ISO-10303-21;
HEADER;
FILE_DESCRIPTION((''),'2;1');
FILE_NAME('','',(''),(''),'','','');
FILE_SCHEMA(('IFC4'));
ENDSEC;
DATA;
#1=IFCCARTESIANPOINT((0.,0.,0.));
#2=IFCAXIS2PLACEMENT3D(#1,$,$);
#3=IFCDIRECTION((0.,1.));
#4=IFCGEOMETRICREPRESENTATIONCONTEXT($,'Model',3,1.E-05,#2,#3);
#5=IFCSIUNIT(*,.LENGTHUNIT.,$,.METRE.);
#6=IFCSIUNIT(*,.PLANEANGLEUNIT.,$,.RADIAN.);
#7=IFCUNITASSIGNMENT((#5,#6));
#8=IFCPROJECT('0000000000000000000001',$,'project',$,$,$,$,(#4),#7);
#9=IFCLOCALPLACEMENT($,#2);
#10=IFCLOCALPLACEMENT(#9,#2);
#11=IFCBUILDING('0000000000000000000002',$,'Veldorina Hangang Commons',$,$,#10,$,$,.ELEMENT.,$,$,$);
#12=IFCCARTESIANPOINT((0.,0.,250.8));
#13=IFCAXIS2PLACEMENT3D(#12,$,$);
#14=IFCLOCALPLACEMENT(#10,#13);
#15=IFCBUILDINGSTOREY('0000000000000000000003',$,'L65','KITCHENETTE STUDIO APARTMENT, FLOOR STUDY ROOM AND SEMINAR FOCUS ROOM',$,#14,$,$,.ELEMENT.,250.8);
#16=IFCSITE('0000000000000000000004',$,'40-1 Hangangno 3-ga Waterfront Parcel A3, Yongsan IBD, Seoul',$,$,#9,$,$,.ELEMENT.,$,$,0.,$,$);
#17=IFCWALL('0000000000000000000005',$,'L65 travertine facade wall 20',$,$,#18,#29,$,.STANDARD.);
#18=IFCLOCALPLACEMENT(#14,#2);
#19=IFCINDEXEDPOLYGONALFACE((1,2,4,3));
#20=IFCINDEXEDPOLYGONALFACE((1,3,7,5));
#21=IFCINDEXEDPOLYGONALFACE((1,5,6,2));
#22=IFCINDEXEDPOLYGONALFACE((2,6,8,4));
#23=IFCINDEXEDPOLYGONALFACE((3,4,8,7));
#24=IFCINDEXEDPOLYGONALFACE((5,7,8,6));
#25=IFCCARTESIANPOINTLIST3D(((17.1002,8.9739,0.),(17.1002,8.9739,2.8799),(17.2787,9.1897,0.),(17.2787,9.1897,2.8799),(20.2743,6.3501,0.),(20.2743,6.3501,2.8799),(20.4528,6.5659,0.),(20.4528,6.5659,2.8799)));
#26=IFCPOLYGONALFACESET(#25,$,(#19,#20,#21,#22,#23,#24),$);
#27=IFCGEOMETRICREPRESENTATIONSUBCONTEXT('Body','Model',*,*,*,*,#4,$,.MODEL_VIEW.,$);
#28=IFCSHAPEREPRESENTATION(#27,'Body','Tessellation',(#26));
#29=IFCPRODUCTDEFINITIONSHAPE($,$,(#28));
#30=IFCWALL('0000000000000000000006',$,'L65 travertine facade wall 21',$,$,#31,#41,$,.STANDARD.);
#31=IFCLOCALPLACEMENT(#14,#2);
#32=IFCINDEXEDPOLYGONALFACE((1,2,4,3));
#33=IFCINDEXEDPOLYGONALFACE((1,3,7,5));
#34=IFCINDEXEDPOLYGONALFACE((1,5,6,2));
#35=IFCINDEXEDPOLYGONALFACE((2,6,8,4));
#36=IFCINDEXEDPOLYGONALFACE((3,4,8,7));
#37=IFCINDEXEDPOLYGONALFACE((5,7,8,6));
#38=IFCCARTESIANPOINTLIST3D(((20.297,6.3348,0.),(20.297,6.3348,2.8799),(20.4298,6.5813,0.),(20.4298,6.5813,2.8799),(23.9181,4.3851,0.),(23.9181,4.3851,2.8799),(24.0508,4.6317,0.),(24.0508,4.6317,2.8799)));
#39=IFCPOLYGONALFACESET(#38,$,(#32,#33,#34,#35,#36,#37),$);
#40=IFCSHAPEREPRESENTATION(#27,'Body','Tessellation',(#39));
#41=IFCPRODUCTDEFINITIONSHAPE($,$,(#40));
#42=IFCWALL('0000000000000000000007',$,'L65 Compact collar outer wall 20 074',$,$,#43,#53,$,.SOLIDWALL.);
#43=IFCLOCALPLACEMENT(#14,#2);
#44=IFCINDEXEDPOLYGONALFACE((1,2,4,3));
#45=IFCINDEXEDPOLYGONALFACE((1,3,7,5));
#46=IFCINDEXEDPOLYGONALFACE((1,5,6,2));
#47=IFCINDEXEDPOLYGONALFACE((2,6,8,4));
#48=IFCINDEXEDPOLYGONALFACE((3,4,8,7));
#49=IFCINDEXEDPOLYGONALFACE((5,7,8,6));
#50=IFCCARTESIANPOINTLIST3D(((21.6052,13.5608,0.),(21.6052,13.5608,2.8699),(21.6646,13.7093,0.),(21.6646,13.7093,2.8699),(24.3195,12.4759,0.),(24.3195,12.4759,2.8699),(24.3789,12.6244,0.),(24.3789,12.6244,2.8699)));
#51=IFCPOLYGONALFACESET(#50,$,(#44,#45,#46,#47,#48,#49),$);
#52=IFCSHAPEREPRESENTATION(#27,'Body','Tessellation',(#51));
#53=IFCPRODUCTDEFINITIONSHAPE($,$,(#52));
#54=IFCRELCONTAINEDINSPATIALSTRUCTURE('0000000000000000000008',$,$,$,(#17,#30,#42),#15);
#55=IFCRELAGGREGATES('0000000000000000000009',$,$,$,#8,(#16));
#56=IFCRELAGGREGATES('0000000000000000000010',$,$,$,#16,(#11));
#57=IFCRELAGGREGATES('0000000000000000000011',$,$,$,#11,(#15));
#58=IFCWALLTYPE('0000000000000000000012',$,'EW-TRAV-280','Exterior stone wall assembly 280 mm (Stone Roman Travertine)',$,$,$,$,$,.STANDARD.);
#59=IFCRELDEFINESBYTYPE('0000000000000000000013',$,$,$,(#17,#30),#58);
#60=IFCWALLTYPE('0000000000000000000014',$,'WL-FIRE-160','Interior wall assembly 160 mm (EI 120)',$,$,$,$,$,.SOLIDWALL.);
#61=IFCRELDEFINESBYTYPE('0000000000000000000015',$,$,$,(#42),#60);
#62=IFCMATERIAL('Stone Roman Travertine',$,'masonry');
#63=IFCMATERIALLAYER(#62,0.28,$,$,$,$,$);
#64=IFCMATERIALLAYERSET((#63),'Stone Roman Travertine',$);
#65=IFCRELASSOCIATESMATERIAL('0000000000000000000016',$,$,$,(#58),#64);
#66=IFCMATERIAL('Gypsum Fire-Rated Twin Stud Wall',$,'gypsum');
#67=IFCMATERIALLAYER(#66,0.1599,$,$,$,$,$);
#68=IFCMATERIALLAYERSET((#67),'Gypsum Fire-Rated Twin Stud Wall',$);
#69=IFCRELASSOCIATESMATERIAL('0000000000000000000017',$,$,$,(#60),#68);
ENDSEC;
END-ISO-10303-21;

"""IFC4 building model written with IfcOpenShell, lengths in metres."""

from ifc_helpers import new_model, si_unit, direction, frame, frame_2d, origin, place, context, subcontext, project, spatial, rectangle, extrude, material, layer, layer_set, type_object, element, save


model = new_model("IFC4")

# Units and contexts
model_context = context("Model", 3, precision=1e-05, world=origin(), true_north=direction((0.0, 1.0)))
body_context = subcontext(model_context, "Body", "Model", "MODEL_VIEW")
ifc_project = project(units=[si_unit("LENGTHUNIT", "METRE"), si_unit("PLANEANGLEUNIT", "RADIAN")], contexts=[model_context])

# Site, building, storey
site_placement = place(None, origin())
site = spatial("IfcSite", under=ifc_project, at=site_placement, Name="40-1 Hangangno 3-ga Waterfront Parcel A3, Yongsan IBD, Seoul", CompositionType="ELEMENT", RefElevation=0.0)
building_placement = place(site_placement, origin())
building = spatial("IfcBuilding", under=site, at=building_placement, Name="Veldorina Hangang Commons", CompositionType="ELEMENT")
storey_placement = place(building_placement, frame((0.0, 0.0, 250.8)))
storey = spatial("IfcBuildingStorey", under=building, at=storey_placement, Name="L65", Description="KITCHENETTE STUDIO APARTMENT, FLOOR STUDY ROOM AND SEMINAR FOCUS ROOM", CompositionType="ELEMENT", Elevation=250.8)

# Walls
ifc_material_1 = material(Name="Stone Roman Travertine", Category="masonry")
ifc_layer_1 = layer(ifc_material_1, 0.28)
ifc_layer_set_1 = layer_set([ifc_layer_1], Name="Stone Roman Travertine")
wall_type_1 = type_object("IfcWallType", Name="EW-TRAV-280", Description="Exterior stone wall assembly 280 mm (Stone Roman Travertine)", PredefinedType="STANDARD", material=ifc_layer_set_1)
wall_1_placement = place(storey_placement, frame((17.1895, 9.0818, 0.0), z_axis=(0.0, 0.0, 1.0), x_axis=(0.770757, -0.63713, 0.0)))
element("IfcWall", 1, at=wall_1_placement, inside=storey, type_object=wall_type_1, Name="L65 travertine facade wall 20", PredefinedType="STANDARD", context=body_context, shape_type="SweptSolid", body=[
    extrude(rectangle(XDim=4.1182, YDim=0.28, at=frame_2d((2.0591, 0.0))), origin(), (0.0, 0.0, 1.0), 2.8799),
])
wall_2_placement = place(storey_placement, frame((20.3635, 6.458, 0.0), z_axis=(0.0, 0.0, 1.0), x_axis=(0.880483, -0.474079, 0.0)))
element("IfcWall", 2, at=wall_2_placement, inside=storey, type_object=wall_type_1, Name="L65 travertine facade wall 21", PredefinedType="STANDARD", context=body_context, shape_type="SweptSolid", body=[
    extrude(rectangle(XDim=4.1125, YDim=0.28, at=frame_2d((2.0562, 0.0))), origin(), (0.0, 0.0, 1.0), 2.8799),
])
ifc_material_2 = material(Name="Gypsum Fire-Rated Twin Stud Wall", Category="gypsum")
ifc_layer_2 = layer(ifc_material_2, 0.1599)
ifc_layer_set_2 = layer_set([ifc_layer_2], Name="Gypsum Fire-Rated Twin Stud Wall")
wall_type_2 = type_object("IfcWallType", Name="WL-FIRE-160", Description="Interior wall assembly 160 mm (EI 120)", PredefinedType="SOLIDWALL", material=ifc_layer_set_2)
wall_3_placement = place(storey_placement, frame((21.635, 13.635, 0.0), z_axis=(0.0, 0.0, 1.0), x_axis=(0.928569, -0.37116, 0.0)))
element("IfcWall", 3, at=wall_3_placement, inside=storey, type_object=wall_type_2, Name="L65 Compact collar outer wall 20 074", PredefinedType="SOLIDWALL", context=body_context, shape_type="SweptSolid", body=[
    extrude(rectangle(XDim=2.9231, YDim=0.1599, at=frame_2d((1.4614, 0.0))), origin(), (0.0, 0.0, 1.0), 2.8699),
])

save(model, "model.ifc")
